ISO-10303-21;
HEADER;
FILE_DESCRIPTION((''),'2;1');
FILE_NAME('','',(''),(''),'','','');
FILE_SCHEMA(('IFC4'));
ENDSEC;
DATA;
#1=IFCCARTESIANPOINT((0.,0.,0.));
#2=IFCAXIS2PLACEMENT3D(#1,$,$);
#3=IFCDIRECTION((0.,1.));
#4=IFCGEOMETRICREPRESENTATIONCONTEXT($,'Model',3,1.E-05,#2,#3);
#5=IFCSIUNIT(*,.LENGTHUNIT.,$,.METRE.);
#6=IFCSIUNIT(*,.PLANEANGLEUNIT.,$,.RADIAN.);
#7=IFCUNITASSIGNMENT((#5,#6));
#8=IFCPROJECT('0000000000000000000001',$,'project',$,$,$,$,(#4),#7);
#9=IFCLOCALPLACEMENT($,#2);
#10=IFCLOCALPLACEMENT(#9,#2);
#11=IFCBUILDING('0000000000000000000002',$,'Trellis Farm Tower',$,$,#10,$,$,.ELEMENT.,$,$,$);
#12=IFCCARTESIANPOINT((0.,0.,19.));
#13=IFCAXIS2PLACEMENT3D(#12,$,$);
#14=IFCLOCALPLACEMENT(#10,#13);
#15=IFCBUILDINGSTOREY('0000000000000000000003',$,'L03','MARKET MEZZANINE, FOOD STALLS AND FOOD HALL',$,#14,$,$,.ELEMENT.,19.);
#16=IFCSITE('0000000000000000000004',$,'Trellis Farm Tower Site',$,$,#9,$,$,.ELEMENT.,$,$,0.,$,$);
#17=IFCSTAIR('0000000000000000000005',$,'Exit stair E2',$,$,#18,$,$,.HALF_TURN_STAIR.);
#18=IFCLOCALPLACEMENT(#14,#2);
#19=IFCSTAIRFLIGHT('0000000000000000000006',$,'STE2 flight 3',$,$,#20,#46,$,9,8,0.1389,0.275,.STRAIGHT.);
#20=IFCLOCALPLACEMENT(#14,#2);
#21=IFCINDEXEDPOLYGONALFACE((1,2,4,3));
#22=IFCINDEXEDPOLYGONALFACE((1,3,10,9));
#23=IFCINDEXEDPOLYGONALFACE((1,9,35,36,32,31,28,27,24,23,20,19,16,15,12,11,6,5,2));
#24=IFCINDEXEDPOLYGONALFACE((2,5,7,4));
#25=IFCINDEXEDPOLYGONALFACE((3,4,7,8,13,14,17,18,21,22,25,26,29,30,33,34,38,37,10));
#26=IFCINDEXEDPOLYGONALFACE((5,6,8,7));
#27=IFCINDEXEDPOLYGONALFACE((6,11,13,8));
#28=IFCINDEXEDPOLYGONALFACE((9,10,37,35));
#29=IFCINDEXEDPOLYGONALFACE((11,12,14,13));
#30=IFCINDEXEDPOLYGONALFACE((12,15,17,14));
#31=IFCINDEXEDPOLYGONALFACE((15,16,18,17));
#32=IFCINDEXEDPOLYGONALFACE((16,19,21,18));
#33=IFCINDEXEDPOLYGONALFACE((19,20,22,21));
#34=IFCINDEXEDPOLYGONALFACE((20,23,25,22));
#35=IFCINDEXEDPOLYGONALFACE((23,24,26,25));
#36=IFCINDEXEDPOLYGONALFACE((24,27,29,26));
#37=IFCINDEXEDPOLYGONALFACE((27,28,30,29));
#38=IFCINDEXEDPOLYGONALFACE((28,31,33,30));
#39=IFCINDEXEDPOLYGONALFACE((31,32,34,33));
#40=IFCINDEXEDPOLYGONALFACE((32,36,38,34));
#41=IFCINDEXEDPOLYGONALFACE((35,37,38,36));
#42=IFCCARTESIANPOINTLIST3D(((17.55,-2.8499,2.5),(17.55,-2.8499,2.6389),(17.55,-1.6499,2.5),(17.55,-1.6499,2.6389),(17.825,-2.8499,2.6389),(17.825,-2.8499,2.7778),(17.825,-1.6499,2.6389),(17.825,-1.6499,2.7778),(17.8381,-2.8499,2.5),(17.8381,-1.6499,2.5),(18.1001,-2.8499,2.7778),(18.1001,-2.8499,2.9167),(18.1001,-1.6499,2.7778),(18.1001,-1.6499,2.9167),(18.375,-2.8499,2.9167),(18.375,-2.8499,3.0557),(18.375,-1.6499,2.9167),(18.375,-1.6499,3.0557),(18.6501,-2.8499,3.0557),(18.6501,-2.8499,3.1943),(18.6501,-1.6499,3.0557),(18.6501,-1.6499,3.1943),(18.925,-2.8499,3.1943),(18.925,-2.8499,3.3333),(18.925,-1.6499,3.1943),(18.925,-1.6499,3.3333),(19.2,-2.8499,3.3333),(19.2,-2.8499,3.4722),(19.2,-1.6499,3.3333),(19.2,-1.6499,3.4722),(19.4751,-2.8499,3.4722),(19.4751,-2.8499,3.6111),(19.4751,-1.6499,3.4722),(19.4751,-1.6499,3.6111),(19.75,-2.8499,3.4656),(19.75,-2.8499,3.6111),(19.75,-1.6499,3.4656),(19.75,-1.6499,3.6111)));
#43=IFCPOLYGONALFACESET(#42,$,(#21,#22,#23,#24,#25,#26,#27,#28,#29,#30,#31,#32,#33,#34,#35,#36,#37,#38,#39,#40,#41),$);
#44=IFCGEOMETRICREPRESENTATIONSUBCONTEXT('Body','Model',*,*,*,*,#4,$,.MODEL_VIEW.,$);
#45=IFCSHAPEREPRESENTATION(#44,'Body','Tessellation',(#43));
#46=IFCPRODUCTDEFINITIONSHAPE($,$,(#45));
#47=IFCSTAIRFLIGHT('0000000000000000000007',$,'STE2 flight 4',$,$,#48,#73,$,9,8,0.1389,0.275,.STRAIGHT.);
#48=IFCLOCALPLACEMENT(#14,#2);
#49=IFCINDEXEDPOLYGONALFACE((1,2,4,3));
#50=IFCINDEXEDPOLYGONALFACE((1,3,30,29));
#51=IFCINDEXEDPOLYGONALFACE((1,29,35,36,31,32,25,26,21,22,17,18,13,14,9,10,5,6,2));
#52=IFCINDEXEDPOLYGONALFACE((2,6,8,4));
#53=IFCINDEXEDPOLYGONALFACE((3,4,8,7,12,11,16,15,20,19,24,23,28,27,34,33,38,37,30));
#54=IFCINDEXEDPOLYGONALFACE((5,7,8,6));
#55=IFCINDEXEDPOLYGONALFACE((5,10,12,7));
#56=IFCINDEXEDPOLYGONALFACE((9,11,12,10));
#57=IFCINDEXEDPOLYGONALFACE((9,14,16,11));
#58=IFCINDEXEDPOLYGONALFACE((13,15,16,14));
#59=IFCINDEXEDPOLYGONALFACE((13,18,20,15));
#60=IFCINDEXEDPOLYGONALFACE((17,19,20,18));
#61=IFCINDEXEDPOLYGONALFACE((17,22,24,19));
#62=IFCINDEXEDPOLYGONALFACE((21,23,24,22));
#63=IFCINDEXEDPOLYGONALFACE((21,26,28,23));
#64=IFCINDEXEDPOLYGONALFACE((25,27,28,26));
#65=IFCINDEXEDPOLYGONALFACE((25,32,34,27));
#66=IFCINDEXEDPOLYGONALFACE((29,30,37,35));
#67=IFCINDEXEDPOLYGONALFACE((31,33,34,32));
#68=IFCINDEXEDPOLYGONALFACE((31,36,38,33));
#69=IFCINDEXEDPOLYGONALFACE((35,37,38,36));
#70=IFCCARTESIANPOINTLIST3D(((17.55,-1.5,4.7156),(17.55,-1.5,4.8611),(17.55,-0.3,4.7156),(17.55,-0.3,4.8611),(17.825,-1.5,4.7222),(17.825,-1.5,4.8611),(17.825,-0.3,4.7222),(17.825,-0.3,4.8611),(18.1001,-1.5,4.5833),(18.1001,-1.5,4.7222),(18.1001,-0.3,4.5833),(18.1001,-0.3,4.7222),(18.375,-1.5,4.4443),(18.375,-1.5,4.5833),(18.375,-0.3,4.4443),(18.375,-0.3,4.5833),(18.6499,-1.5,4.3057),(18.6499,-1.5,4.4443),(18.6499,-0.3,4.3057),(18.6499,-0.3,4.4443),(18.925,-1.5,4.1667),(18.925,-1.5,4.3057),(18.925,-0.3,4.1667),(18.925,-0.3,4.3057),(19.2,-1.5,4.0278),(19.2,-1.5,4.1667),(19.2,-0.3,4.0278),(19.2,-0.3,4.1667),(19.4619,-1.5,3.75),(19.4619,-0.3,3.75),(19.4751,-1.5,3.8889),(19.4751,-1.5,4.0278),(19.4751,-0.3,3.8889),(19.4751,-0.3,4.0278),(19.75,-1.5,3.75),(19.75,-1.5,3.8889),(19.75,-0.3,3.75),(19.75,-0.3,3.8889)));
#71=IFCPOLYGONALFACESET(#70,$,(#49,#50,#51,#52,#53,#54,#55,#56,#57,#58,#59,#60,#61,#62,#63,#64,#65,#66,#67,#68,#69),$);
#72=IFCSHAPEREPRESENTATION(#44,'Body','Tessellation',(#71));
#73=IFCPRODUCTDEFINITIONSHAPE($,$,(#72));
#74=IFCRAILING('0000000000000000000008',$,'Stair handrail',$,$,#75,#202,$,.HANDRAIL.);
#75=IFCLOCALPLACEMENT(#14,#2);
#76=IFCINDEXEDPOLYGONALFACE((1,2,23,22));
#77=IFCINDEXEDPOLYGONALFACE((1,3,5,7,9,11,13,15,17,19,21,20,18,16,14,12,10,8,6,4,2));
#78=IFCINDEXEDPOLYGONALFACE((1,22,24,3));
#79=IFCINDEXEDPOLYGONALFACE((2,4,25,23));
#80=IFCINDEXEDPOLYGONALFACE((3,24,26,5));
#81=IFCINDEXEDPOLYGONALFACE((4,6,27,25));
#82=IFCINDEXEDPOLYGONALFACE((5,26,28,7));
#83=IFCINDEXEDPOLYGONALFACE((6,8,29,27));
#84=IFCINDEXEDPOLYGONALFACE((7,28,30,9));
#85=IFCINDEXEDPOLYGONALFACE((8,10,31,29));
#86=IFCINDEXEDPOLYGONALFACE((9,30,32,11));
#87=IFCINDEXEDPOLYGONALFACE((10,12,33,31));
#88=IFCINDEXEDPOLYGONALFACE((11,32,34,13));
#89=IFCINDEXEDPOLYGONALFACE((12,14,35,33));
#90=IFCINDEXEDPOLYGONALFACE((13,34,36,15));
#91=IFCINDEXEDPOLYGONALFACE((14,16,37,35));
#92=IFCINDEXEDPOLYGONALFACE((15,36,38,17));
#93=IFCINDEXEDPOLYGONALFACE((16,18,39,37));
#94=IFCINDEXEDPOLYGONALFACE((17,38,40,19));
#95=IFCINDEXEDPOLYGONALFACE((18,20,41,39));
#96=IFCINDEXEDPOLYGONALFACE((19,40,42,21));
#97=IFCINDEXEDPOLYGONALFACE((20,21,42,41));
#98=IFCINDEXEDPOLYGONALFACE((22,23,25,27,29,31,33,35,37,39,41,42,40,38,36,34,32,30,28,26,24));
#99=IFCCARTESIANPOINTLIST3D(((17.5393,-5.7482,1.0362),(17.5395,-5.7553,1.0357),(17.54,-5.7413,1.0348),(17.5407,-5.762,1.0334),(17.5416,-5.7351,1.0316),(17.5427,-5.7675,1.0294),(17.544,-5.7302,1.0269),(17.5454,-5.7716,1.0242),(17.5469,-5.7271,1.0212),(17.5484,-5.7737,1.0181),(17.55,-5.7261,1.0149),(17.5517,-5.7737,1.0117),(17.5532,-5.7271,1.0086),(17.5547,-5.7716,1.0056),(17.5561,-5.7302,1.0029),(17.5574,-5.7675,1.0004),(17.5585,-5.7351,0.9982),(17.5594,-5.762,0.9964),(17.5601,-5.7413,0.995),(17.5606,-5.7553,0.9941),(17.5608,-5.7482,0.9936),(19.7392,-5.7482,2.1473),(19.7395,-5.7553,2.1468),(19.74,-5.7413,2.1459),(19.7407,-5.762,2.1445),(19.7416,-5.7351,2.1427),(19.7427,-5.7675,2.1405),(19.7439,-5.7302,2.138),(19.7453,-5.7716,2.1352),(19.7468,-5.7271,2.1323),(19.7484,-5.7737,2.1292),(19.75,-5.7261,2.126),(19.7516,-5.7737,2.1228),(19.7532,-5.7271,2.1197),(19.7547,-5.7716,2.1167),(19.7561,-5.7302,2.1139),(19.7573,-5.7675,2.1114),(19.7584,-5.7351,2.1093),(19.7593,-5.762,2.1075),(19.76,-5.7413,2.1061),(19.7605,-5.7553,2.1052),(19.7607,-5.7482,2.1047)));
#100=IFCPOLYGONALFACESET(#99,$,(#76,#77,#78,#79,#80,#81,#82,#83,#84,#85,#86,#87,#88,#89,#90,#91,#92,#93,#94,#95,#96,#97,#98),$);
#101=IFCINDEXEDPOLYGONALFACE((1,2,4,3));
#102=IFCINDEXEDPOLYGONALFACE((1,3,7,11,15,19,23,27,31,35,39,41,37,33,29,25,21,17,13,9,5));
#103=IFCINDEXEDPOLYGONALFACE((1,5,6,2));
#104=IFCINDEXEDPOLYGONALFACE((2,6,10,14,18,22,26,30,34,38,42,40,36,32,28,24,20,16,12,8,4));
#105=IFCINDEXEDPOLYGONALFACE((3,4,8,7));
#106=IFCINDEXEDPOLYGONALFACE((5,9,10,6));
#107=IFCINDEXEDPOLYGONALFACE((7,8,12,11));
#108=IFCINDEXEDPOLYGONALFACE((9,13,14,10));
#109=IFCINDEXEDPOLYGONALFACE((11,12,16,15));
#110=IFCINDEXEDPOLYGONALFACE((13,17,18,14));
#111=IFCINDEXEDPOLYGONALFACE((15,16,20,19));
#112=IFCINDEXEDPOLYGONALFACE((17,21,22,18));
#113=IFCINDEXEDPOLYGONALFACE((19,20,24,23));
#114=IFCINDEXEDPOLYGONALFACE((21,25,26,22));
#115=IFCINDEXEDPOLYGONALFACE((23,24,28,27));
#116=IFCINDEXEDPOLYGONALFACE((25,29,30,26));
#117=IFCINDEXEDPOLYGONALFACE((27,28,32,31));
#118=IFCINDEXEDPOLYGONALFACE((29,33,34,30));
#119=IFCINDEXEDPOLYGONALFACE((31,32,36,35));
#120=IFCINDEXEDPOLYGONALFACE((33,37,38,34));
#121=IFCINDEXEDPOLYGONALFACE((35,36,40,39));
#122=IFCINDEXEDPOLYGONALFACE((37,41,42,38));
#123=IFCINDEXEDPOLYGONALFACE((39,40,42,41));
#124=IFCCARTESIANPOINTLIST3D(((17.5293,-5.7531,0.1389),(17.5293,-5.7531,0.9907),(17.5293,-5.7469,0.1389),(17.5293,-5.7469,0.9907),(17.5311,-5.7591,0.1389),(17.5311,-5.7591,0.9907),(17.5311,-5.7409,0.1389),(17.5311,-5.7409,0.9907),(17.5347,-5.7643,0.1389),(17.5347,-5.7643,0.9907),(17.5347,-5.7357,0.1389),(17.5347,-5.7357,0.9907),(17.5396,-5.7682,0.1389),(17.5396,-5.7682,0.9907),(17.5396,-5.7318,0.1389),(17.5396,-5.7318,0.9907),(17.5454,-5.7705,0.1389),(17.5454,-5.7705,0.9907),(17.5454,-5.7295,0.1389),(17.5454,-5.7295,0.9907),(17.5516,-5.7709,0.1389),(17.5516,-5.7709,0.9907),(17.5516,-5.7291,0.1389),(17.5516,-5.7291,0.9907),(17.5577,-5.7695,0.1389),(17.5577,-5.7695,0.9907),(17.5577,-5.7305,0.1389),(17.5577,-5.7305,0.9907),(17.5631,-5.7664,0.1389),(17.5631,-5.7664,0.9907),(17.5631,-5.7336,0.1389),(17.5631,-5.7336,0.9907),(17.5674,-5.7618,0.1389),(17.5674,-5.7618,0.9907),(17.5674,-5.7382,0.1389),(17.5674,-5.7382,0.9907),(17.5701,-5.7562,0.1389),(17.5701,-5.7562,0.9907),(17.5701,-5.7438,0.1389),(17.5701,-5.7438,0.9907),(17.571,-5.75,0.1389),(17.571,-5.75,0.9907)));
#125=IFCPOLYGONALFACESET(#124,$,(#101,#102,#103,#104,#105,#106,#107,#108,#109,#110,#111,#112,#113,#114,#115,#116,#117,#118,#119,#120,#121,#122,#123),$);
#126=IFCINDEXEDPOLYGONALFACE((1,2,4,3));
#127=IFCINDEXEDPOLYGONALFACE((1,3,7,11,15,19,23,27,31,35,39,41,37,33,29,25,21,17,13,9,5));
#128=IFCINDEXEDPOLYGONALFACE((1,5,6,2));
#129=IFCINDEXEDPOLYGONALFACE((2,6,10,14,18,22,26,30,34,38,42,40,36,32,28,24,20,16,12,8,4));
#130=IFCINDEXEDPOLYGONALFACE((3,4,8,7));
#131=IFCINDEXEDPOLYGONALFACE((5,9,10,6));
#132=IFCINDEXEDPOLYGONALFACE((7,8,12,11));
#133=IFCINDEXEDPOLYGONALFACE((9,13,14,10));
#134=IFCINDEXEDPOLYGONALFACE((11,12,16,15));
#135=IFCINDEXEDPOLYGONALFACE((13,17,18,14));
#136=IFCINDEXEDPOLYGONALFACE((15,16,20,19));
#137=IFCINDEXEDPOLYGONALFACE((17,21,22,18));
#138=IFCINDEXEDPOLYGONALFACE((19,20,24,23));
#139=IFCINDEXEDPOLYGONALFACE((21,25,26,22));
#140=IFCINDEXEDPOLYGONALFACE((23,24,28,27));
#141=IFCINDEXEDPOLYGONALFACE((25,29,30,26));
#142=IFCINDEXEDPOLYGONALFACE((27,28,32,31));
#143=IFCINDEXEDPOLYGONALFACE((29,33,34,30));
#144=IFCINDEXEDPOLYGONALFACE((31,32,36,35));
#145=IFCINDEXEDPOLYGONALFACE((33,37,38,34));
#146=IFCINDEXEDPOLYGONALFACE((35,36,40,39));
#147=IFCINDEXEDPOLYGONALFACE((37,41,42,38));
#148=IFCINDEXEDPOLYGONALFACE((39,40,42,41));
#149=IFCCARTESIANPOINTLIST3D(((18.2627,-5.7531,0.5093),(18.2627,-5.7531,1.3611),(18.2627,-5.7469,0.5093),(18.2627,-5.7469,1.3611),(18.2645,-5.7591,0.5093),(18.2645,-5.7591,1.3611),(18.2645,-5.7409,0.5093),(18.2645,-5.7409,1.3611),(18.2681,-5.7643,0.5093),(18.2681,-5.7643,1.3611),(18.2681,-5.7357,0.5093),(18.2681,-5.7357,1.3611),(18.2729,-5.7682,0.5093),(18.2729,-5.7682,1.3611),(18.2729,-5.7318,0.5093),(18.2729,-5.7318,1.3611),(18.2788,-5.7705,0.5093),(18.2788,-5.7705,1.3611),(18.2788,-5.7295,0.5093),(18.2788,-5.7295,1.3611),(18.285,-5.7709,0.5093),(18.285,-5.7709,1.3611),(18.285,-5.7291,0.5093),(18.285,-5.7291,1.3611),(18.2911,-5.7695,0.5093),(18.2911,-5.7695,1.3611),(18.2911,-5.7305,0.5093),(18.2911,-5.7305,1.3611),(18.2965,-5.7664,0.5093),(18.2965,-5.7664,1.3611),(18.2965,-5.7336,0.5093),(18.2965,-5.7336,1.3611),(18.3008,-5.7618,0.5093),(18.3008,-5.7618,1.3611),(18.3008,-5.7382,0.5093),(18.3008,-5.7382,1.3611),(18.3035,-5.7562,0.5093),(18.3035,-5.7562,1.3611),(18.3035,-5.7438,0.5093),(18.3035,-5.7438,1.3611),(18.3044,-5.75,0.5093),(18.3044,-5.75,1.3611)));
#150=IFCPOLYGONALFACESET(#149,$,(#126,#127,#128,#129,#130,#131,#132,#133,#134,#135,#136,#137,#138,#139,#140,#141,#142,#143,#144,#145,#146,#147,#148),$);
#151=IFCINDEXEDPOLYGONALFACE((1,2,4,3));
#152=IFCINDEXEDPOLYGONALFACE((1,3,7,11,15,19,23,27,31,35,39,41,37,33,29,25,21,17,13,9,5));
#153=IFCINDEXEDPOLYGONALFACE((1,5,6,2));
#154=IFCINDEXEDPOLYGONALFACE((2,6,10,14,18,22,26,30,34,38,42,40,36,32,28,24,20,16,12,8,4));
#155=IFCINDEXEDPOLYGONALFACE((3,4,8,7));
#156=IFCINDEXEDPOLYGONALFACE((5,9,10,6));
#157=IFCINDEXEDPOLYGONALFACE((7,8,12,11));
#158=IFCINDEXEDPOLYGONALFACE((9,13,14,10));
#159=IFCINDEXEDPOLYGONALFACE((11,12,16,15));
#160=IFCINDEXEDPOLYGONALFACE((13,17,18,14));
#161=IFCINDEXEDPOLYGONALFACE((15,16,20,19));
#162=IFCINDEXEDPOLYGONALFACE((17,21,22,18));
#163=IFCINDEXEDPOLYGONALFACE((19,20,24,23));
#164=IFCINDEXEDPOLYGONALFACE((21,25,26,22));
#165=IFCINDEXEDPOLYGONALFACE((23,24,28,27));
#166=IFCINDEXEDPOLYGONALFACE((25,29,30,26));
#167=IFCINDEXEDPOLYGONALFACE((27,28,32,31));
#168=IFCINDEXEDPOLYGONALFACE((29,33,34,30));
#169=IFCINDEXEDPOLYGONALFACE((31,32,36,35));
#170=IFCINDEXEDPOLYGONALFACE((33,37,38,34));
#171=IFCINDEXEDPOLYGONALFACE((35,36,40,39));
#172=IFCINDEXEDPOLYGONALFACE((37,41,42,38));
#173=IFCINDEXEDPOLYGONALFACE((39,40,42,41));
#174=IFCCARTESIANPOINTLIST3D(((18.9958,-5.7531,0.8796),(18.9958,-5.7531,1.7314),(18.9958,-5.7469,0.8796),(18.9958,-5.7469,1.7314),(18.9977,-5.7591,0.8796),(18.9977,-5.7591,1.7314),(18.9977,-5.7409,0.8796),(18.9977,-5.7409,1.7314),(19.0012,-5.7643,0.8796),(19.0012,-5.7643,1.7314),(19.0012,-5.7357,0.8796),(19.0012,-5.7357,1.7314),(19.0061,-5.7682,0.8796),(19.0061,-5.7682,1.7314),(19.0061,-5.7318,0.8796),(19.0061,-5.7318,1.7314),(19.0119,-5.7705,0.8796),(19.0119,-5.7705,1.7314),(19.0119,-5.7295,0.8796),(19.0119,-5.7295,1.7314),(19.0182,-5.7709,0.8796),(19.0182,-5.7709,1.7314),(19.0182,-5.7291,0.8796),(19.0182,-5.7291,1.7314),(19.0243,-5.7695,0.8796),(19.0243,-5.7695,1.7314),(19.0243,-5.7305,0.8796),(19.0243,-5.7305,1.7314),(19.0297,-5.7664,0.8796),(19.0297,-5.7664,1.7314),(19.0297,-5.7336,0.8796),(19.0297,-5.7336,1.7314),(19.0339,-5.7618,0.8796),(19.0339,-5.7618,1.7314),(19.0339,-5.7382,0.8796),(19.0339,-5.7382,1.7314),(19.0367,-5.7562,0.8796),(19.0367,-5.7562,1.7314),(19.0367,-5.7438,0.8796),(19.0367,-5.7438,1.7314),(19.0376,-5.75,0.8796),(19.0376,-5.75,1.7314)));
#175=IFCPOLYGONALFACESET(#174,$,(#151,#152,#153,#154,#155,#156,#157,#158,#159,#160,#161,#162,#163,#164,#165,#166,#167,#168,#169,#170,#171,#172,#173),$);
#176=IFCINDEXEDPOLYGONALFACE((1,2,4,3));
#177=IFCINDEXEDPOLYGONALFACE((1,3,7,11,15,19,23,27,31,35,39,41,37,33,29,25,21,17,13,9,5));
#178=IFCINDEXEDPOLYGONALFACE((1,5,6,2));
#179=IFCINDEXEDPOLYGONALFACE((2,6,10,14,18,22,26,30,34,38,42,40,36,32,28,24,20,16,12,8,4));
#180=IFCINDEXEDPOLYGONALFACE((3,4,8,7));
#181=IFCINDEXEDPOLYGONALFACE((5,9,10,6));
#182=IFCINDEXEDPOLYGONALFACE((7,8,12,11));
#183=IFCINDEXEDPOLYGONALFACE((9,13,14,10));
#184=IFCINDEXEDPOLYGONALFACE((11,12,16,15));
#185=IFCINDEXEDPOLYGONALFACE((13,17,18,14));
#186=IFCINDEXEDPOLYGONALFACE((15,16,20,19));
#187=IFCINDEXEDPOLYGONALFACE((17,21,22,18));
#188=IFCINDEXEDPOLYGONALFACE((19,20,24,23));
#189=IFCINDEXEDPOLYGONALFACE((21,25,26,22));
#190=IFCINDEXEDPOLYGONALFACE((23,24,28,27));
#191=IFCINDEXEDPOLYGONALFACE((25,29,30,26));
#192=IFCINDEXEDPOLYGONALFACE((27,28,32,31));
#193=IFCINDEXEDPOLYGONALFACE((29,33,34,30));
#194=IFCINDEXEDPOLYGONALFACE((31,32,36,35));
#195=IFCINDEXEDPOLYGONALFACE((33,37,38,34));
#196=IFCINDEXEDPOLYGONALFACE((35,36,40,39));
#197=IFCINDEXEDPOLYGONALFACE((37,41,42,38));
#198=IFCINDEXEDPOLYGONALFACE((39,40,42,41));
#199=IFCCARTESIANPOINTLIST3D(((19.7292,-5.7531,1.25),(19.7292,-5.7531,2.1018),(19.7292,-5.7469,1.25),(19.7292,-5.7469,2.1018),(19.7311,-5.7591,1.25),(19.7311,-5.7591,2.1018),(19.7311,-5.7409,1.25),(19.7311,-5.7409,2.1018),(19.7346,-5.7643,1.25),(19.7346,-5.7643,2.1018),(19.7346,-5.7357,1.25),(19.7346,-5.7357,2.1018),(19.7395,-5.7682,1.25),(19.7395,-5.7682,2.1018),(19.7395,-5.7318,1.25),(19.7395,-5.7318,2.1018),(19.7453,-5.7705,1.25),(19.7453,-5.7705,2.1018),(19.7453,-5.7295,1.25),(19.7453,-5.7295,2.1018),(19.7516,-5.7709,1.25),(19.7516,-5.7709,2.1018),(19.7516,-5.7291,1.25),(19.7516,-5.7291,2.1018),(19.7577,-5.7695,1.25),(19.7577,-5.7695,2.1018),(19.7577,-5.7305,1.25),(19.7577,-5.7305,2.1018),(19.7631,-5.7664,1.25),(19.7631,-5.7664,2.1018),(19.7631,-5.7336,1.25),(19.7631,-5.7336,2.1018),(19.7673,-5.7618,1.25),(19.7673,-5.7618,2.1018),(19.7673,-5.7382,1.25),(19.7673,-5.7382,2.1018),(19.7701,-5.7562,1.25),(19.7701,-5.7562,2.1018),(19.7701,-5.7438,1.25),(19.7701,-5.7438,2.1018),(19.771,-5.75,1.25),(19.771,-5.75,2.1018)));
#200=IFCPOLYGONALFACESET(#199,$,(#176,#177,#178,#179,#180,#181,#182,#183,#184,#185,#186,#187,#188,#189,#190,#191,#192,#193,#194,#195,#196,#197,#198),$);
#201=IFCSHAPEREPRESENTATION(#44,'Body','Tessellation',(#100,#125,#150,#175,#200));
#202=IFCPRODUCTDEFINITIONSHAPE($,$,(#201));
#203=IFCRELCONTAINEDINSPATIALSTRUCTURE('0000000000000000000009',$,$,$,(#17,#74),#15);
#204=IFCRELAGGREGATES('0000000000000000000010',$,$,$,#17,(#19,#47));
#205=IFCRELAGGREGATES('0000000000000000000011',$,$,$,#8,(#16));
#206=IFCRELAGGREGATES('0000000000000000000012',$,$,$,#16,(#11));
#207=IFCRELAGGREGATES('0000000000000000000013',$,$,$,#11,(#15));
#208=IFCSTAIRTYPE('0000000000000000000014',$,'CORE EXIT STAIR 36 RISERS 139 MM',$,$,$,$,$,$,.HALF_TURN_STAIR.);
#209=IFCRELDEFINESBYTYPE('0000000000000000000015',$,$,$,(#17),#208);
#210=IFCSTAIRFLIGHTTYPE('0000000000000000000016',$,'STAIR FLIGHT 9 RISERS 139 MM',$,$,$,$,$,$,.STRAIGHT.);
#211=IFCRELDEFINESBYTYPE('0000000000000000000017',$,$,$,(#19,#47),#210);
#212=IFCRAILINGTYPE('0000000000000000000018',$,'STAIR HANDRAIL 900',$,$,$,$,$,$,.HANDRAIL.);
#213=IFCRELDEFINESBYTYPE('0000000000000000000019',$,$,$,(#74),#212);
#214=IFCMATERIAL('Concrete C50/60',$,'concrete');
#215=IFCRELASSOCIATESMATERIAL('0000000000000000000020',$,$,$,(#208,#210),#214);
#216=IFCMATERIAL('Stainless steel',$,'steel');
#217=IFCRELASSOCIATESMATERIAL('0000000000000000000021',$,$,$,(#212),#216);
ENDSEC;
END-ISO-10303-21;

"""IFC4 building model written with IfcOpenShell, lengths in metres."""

from ifc_helpers import new_model, si_unit, direction, frame, origin, origin_2d, place, context, subcontext, project, spatial, polyline, circle, outline, extrude, source, transform, mapped, material, type_object, element, aggregate, save


model = new_model("IFC4")

# Units and contexts
model_context = context("Model", 3, precision=1e-05, world=origin(), true_north=direction((0.0, 1.0)))
body_context = subcontext(model_context, "Body", "Model", "MODEL_VIEW")
ifc_project = project(units=[si_unit("LENGTHUNIT", "METRE"), si_unit("PLANEANGLEUNIT", "RADIAN")], contexts=[model_context])

# Site, building, storey
site_placement = place(None, origin())
site = spatial("IfcSite", under=ifc_project, at=site_placement, Name="Trellis Farm Tower Site", CompositionType="ELEMENT", RefElevation=0.0)
building_placement = place(site_placement, origin())
building = spatial("IfcBuilding", under=site, at=building_placement, Name="Trellis Farm Tower", CompositionType="ELEMENT")
storey_placement = place(building_placement, frame((0.0, 0.0, 19.0)))
storey = spatial("IfcBuildingStorey", under=building, at=storey_placement, Name="L03", Description="MARKET MEZZANINE, FOOD STALLS AND FOOD HALL", CompositionType="ELEMENT", Elevation=19.0)

# Stair, stair flights
ifc_material_1 = material(Name="Concrete C50/60", Category="concrete")
stair_type = type_object("IfcStairType", Name="CORE EXIT STAIR 36 RISERS 139 MM", PredefinedType="HALF_TURN_STAIR", material=ifc_material_1)
placement = place(storey_placement, origin())
stair_flight_type = type_object("IfcStairFlightType", Name="STAIR FLIGHT 9 RISERS 139 MM", PredefinedType="STRAIGHT", material=ifc_material_1)
shared_shape_1 = source(origin(), body_context, "Body", "SweptSolid", [
    extrude(outline(polyline([(0.0, 0.0), (0.0, 0.1389), (0.2749, 0.1389), (0.2749, 0.2778), (0.55, 0.2778), (0.55, 0.4167), (0.825, 0.4167), (0.825, 0.5557), (1.1001, 0.5557), (1.1001, 0.6943), (1.375, 0.6943), (1.375, 0.8333), (1.6499, 0.8333), (1.6499, 0.9722), (1.925, 0.9722), (1.925, 1.1111), (2.2, 1.1111), (2.2, 1.25), (2.2, 0.9656), (0.2881, 0.0), (0.0, 0.0)])), frame((0.0, 0.6001, 0.0), z_axis=(0.0, -1.0, 0.0), x_axis=(1.0, 0.0, 0.0)), (0.0, 0.0, 1.0), 1.2),
])
stair_1 = element("IfcStair", 1, at=placement, inside=storey, type_object=stair_type, Name="Exit stair E2", PredefinedType="HALF_TURN_STAIR")
stair_flight_1_placement = place(storey_placement, frame((17.55, -2.25, 2.5), z_axis=(0.0, 0.0, 1.0), x_axis=(1.0, 0.0, 0.0)))
stair_flight_1 = element("IfcStairFlight", 2, at=stair_flight_1_placement, type_object=stair_flight_type, Name="STE2 flight 3", NumberOfRisers=9, NumberOfTreads=8, PredefinedType="STRAIGHT", RiserHeight=0.1389, TreadLength=0.275, context=body_context, shape_type="MappedRepresentation", body=[
    mapped(shared_shape_1, transform((0.0, 0.0, 0.0))),
])
stair_flight_2_placement = place(storey_placement, frame((19.75, -0.8999, 3.75), z_axis=(0.0, 0.0, 1.0), x_axis=(-1.0, 0.0, 0.0)))
stair_flight_2 = element("IfcStairFlight", 3, at=stair_flight_2_placement, type_object=stair_flight_type, Name="STE2 flight 4", NumberOfRisers=9, NumberOfTreads=8, PredefinedType="STRAIGHT", RiserHeight=0.1389, TreadLength=0.275, context=body_context, shape_type="MappedRepresentation", body=[
    mapped(shared_shape_1, transform((0.0, 0.0, 0.0))),
])
aggregate(stair_1, [stair_flight_1, stair_flight_2])

# Railing
ifc_material_2 = material(Name="Stainless steel", Category="steel")
railing_type = type_object("IfcRailingType", Name="STAIR HANDRAIL 900", PredefinedType="HANDRAIL", material=ifc_material_2)
shared_shape_2 = source(origin(), body_context, "Body", "SweptSolid", [
    extrude(circle(Radius=0.0239, at=origin_2d()), frame((0.0, 0.0, 0.876), z_axis=(0.892617, 0.0, 0.450816), x_axis=(0.0, 1.0, 0.0)), (0.0, 0.0, 1.0), 2.4646),
    extrude(circle(Radius=0.021, at=origin_2d()), origin(), (0.0, 0.0, 1.0), 0.8518),
    extrude(circle(Radius=0.021, at=origin_2d()), frame((0.7334, 0.0, 0.3704)), (0.0, 0.0, 1.0), 0.8518),
    extrude(circle(Radius=0.021, at=origin_2d()), frame((1.4666, 0.0, 0.7407)), (0.0, 0.0, 1.0), 0.8518),
    extrude(circle(Radius=0.021, at=origin_2d()), frame((2.2, 0.0, 1.1111)), (0.0, 0.0, 1.0), 0.8518),
])
for number, where, name in (
    (4, (17.55, -5.75, 0.1389), "Stair handrail"),
):
    element("IfcRailing", number, at=place(storey_placement, frame(where)), inside=storey, type_object=railing_type, Name=name, PredefinedType="HANDRAIL", context=body_context, shape_type="MappedRepresentation", body=[
        mapped(shared_shape_2, transform((0.0, 0.0, 0.0))),
    ])

save(model, "model.ifc")
